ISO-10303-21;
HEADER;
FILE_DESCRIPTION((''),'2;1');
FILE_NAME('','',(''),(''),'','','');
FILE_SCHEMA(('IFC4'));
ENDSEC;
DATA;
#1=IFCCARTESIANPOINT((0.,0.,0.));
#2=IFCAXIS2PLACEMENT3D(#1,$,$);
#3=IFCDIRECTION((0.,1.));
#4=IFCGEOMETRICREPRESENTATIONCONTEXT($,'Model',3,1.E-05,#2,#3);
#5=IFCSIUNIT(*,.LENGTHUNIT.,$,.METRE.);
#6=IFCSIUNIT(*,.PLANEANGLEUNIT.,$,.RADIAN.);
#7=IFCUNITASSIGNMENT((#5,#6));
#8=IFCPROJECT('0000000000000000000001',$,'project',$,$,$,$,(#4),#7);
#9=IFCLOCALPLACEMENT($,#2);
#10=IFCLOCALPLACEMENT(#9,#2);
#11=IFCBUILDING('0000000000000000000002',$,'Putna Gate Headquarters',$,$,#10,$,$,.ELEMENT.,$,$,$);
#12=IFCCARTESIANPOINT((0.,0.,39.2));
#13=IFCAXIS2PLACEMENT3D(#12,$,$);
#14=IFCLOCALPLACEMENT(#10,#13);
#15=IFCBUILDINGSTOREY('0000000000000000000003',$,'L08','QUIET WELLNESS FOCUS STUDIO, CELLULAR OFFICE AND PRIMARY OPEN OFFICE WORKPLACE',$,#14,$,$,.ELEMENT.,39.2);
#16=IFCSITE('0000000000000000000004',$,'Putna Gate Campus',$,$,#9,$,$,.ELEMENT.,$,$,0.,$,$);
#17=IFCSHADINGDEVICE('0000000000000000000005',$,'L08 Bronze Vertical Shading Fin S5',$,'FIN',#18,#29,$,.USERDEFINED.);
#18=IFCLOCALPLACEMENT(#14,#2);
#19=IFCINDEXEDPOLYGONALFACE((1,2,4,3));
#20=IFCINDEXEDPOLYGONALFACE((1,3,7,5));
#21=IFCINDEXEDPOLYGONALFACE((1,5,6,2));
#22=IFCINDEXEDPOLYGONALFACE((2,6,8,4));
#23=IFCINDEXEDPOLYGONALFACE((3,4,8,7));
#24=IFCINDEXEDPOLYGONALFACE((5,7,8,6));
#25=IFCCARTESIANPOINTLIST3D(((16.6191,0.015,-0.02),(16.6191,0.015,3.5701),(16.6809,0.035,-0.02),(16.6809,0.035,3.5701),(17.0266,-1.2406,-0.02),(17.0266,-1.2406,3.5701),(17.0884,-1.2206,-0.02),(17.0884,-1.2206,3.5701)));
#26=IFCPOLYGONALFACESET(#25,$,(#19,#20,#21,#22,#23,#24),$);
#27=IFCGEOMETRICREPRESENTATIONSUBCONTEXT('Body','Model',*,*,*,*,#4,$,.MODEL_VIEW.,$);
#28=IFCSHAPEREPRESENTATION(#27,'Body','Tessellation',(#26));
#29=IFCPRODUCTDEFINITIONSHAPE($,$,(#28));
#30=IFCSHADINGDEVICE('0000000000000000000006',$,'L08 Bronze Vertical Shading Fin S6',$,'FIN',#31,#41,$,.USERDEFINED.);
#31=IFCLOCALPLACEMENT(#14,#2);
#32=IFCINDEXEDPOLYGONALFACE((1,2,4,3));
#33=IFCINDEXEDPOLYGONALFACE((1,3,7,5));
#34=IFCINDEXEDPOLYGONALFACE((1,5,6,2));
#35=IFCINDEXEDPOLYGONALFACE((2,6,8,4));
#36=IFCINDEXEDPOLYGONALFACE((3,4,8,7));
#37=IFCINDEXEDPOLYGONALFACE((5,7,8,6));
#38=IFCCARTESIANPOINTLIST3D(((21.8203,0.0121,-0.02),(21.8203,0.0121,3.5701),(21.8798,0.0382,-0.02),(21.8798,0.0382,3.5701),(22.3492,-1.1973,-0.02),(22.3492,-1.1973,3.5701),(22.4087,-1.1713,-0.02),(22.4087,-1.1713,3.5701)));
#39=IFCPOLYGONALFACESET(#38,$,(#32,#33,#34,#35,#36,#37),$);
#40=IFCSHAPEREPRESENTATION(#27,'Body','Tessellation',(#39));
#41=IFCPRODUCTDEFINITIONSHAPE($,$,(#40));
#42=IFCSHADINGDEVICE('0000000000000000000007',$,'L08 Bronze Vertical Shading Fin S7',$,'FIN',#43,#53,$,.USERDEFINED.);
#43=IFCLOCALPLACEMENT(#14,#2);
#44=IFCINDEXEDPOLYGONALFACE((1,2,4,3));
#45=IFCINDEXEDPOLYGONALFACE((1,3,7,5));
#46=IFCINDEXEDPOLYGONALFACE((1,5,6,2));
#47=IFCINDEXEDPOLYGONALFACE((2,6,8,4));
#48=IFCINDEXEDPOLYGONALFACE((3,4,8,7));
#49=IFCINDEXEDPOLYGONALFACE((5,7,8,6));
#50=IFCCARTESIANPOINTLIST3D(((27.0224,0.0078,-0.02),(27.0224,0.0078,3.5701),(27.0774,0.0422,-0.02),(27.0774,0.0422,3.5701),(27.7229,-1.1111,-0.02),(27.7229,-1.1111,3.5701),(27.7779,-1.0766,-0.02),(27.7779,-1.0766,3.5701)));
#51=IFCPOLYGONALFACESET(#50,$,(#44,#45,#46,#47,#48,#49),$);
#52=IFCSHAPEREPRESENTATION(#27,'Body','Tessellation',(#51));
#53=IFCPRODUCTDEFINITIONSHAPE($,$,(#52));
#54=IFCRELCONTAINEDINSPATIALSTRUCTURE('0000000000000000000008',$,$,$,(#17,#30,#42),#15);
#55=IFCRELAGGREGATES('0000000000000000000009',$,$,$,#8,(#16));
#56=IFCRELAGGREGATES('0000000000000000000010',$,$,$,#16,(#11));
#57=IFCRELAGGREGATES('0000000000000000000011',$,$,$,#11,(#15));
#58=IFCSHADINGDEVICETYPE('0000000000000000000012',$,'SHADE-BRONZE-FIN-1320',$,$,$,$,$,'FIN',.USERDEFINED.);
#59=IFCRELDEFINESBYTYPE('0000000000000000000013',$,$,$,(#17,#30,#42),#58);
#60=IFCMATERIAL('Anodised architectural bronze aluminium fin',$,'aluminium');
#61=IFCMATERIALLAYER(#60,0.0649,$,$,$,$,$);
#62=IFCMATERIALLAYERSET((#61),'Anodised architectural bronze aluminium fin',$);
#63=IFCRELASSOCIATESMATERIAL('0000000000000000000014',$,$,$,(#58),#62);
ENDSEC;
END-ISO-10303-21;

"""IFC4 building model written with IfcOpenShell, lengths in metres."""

from ifc_helpers import new_model, si_unit, direction, frame, origin, origin_2d, place, context, subcontext, project, spatial, rectangle, extrude, material, layer, layer_set, type_object, element, save


model = new_model("IFC4")

# Units and contexts
model_context = context("Model", 3, precision=1e-05, world=origin(), true_north=direction((0.0, 1.0)))
body_context = subcontext(model_context, "Body", "Model", "MODEL_VIEW")
ifc_project = project(units=[si_unit("LENGTHUNIT", "METRE"), si_unit("PLANEANGLEUNIT", "RADIAN")], contexts=[model_context])

# Site, building, storey
site_placement = place(None, origin())
site = spatial("IfcSite", under=ifc_project, at=site_placement, Name="Putna Gate Campus", CompositionType="ELEMENT", RefElevation=0.0)
building_placement = place(site_placement, origin())
building = spatial("IfcBuilding", under=site, at=building_placement, Name="Putna Gate Headquarters", CompositionType="ELEMENT")
storey_placement = place(building_placement, frame((0.0, 0.0, 39.2)))
storey = spatial("IfcBuildingStorey", under=building, at=storey_placement, Name="L08", Description="QUIET WELLNESS FOCUS STUDIO, CELLULAR OFFICE AND PRIMARY OPEN OFFICE WORKPLACE", CompositionType="ELEMENT", Elevation=39.2)

# Shading devices
ifc_material_1 = material(Name="Anodised architectural bronze aluminium fin", Category="aluminium")
ifc_layer_1 = layer(ifc_material_1, 0.0649)
ifc_layer_set_1 = layer_set([ifc_layer_1], Name="Anodised architectural bronze aluminium fin")
shading_device_type = type_object("IfcShadingDeviceType", Name="SHADE-BRONZE-FIN-1320", ElementType="FIN", PredefinedType="USERDEFINED", material=ifc_layer_set_1)
for number, where, z_axis, x_axis, name in (
    (1, (16.8538, -0.6028, -0.02), (0.0, 0.0, 1.0), (0.308685, -0.951164, 0.0), "L08 Bronze Vertical Shading Fin S5"),
    (2, (22.1145, -0.5796, -0.02), (0.0, 0.0, 1.0), (0.400669, -0.916223, 0.0), "L08 Bronze Vertical Shading Fin S6"),
    (3, (27.4001, -0.5344, -0.02), (0.0, 0.0, 1.0), (0.530659, -0.847585, 0.0), "L08 Bronze Vertical Shading Fin S7"),
):
    element("IfcShadingDevice", number, at=place(storey_placement, frame(where, z_axis=z_axis, x_axis=x_axis)), inside=storey, type_object=shading_device_type, Name=name, ObjectType="FIN", PredefinedType="USERDEFINED", context=body_context, shape_type="SweptSolid", body=[
        extrude(rectangle(XDim=1.3201, YDim=0.0649, at=origin_2d()), origin(), (0.0, 0.0, 1.0), 3.5901),
    ])

save(model, "model.ifc")
